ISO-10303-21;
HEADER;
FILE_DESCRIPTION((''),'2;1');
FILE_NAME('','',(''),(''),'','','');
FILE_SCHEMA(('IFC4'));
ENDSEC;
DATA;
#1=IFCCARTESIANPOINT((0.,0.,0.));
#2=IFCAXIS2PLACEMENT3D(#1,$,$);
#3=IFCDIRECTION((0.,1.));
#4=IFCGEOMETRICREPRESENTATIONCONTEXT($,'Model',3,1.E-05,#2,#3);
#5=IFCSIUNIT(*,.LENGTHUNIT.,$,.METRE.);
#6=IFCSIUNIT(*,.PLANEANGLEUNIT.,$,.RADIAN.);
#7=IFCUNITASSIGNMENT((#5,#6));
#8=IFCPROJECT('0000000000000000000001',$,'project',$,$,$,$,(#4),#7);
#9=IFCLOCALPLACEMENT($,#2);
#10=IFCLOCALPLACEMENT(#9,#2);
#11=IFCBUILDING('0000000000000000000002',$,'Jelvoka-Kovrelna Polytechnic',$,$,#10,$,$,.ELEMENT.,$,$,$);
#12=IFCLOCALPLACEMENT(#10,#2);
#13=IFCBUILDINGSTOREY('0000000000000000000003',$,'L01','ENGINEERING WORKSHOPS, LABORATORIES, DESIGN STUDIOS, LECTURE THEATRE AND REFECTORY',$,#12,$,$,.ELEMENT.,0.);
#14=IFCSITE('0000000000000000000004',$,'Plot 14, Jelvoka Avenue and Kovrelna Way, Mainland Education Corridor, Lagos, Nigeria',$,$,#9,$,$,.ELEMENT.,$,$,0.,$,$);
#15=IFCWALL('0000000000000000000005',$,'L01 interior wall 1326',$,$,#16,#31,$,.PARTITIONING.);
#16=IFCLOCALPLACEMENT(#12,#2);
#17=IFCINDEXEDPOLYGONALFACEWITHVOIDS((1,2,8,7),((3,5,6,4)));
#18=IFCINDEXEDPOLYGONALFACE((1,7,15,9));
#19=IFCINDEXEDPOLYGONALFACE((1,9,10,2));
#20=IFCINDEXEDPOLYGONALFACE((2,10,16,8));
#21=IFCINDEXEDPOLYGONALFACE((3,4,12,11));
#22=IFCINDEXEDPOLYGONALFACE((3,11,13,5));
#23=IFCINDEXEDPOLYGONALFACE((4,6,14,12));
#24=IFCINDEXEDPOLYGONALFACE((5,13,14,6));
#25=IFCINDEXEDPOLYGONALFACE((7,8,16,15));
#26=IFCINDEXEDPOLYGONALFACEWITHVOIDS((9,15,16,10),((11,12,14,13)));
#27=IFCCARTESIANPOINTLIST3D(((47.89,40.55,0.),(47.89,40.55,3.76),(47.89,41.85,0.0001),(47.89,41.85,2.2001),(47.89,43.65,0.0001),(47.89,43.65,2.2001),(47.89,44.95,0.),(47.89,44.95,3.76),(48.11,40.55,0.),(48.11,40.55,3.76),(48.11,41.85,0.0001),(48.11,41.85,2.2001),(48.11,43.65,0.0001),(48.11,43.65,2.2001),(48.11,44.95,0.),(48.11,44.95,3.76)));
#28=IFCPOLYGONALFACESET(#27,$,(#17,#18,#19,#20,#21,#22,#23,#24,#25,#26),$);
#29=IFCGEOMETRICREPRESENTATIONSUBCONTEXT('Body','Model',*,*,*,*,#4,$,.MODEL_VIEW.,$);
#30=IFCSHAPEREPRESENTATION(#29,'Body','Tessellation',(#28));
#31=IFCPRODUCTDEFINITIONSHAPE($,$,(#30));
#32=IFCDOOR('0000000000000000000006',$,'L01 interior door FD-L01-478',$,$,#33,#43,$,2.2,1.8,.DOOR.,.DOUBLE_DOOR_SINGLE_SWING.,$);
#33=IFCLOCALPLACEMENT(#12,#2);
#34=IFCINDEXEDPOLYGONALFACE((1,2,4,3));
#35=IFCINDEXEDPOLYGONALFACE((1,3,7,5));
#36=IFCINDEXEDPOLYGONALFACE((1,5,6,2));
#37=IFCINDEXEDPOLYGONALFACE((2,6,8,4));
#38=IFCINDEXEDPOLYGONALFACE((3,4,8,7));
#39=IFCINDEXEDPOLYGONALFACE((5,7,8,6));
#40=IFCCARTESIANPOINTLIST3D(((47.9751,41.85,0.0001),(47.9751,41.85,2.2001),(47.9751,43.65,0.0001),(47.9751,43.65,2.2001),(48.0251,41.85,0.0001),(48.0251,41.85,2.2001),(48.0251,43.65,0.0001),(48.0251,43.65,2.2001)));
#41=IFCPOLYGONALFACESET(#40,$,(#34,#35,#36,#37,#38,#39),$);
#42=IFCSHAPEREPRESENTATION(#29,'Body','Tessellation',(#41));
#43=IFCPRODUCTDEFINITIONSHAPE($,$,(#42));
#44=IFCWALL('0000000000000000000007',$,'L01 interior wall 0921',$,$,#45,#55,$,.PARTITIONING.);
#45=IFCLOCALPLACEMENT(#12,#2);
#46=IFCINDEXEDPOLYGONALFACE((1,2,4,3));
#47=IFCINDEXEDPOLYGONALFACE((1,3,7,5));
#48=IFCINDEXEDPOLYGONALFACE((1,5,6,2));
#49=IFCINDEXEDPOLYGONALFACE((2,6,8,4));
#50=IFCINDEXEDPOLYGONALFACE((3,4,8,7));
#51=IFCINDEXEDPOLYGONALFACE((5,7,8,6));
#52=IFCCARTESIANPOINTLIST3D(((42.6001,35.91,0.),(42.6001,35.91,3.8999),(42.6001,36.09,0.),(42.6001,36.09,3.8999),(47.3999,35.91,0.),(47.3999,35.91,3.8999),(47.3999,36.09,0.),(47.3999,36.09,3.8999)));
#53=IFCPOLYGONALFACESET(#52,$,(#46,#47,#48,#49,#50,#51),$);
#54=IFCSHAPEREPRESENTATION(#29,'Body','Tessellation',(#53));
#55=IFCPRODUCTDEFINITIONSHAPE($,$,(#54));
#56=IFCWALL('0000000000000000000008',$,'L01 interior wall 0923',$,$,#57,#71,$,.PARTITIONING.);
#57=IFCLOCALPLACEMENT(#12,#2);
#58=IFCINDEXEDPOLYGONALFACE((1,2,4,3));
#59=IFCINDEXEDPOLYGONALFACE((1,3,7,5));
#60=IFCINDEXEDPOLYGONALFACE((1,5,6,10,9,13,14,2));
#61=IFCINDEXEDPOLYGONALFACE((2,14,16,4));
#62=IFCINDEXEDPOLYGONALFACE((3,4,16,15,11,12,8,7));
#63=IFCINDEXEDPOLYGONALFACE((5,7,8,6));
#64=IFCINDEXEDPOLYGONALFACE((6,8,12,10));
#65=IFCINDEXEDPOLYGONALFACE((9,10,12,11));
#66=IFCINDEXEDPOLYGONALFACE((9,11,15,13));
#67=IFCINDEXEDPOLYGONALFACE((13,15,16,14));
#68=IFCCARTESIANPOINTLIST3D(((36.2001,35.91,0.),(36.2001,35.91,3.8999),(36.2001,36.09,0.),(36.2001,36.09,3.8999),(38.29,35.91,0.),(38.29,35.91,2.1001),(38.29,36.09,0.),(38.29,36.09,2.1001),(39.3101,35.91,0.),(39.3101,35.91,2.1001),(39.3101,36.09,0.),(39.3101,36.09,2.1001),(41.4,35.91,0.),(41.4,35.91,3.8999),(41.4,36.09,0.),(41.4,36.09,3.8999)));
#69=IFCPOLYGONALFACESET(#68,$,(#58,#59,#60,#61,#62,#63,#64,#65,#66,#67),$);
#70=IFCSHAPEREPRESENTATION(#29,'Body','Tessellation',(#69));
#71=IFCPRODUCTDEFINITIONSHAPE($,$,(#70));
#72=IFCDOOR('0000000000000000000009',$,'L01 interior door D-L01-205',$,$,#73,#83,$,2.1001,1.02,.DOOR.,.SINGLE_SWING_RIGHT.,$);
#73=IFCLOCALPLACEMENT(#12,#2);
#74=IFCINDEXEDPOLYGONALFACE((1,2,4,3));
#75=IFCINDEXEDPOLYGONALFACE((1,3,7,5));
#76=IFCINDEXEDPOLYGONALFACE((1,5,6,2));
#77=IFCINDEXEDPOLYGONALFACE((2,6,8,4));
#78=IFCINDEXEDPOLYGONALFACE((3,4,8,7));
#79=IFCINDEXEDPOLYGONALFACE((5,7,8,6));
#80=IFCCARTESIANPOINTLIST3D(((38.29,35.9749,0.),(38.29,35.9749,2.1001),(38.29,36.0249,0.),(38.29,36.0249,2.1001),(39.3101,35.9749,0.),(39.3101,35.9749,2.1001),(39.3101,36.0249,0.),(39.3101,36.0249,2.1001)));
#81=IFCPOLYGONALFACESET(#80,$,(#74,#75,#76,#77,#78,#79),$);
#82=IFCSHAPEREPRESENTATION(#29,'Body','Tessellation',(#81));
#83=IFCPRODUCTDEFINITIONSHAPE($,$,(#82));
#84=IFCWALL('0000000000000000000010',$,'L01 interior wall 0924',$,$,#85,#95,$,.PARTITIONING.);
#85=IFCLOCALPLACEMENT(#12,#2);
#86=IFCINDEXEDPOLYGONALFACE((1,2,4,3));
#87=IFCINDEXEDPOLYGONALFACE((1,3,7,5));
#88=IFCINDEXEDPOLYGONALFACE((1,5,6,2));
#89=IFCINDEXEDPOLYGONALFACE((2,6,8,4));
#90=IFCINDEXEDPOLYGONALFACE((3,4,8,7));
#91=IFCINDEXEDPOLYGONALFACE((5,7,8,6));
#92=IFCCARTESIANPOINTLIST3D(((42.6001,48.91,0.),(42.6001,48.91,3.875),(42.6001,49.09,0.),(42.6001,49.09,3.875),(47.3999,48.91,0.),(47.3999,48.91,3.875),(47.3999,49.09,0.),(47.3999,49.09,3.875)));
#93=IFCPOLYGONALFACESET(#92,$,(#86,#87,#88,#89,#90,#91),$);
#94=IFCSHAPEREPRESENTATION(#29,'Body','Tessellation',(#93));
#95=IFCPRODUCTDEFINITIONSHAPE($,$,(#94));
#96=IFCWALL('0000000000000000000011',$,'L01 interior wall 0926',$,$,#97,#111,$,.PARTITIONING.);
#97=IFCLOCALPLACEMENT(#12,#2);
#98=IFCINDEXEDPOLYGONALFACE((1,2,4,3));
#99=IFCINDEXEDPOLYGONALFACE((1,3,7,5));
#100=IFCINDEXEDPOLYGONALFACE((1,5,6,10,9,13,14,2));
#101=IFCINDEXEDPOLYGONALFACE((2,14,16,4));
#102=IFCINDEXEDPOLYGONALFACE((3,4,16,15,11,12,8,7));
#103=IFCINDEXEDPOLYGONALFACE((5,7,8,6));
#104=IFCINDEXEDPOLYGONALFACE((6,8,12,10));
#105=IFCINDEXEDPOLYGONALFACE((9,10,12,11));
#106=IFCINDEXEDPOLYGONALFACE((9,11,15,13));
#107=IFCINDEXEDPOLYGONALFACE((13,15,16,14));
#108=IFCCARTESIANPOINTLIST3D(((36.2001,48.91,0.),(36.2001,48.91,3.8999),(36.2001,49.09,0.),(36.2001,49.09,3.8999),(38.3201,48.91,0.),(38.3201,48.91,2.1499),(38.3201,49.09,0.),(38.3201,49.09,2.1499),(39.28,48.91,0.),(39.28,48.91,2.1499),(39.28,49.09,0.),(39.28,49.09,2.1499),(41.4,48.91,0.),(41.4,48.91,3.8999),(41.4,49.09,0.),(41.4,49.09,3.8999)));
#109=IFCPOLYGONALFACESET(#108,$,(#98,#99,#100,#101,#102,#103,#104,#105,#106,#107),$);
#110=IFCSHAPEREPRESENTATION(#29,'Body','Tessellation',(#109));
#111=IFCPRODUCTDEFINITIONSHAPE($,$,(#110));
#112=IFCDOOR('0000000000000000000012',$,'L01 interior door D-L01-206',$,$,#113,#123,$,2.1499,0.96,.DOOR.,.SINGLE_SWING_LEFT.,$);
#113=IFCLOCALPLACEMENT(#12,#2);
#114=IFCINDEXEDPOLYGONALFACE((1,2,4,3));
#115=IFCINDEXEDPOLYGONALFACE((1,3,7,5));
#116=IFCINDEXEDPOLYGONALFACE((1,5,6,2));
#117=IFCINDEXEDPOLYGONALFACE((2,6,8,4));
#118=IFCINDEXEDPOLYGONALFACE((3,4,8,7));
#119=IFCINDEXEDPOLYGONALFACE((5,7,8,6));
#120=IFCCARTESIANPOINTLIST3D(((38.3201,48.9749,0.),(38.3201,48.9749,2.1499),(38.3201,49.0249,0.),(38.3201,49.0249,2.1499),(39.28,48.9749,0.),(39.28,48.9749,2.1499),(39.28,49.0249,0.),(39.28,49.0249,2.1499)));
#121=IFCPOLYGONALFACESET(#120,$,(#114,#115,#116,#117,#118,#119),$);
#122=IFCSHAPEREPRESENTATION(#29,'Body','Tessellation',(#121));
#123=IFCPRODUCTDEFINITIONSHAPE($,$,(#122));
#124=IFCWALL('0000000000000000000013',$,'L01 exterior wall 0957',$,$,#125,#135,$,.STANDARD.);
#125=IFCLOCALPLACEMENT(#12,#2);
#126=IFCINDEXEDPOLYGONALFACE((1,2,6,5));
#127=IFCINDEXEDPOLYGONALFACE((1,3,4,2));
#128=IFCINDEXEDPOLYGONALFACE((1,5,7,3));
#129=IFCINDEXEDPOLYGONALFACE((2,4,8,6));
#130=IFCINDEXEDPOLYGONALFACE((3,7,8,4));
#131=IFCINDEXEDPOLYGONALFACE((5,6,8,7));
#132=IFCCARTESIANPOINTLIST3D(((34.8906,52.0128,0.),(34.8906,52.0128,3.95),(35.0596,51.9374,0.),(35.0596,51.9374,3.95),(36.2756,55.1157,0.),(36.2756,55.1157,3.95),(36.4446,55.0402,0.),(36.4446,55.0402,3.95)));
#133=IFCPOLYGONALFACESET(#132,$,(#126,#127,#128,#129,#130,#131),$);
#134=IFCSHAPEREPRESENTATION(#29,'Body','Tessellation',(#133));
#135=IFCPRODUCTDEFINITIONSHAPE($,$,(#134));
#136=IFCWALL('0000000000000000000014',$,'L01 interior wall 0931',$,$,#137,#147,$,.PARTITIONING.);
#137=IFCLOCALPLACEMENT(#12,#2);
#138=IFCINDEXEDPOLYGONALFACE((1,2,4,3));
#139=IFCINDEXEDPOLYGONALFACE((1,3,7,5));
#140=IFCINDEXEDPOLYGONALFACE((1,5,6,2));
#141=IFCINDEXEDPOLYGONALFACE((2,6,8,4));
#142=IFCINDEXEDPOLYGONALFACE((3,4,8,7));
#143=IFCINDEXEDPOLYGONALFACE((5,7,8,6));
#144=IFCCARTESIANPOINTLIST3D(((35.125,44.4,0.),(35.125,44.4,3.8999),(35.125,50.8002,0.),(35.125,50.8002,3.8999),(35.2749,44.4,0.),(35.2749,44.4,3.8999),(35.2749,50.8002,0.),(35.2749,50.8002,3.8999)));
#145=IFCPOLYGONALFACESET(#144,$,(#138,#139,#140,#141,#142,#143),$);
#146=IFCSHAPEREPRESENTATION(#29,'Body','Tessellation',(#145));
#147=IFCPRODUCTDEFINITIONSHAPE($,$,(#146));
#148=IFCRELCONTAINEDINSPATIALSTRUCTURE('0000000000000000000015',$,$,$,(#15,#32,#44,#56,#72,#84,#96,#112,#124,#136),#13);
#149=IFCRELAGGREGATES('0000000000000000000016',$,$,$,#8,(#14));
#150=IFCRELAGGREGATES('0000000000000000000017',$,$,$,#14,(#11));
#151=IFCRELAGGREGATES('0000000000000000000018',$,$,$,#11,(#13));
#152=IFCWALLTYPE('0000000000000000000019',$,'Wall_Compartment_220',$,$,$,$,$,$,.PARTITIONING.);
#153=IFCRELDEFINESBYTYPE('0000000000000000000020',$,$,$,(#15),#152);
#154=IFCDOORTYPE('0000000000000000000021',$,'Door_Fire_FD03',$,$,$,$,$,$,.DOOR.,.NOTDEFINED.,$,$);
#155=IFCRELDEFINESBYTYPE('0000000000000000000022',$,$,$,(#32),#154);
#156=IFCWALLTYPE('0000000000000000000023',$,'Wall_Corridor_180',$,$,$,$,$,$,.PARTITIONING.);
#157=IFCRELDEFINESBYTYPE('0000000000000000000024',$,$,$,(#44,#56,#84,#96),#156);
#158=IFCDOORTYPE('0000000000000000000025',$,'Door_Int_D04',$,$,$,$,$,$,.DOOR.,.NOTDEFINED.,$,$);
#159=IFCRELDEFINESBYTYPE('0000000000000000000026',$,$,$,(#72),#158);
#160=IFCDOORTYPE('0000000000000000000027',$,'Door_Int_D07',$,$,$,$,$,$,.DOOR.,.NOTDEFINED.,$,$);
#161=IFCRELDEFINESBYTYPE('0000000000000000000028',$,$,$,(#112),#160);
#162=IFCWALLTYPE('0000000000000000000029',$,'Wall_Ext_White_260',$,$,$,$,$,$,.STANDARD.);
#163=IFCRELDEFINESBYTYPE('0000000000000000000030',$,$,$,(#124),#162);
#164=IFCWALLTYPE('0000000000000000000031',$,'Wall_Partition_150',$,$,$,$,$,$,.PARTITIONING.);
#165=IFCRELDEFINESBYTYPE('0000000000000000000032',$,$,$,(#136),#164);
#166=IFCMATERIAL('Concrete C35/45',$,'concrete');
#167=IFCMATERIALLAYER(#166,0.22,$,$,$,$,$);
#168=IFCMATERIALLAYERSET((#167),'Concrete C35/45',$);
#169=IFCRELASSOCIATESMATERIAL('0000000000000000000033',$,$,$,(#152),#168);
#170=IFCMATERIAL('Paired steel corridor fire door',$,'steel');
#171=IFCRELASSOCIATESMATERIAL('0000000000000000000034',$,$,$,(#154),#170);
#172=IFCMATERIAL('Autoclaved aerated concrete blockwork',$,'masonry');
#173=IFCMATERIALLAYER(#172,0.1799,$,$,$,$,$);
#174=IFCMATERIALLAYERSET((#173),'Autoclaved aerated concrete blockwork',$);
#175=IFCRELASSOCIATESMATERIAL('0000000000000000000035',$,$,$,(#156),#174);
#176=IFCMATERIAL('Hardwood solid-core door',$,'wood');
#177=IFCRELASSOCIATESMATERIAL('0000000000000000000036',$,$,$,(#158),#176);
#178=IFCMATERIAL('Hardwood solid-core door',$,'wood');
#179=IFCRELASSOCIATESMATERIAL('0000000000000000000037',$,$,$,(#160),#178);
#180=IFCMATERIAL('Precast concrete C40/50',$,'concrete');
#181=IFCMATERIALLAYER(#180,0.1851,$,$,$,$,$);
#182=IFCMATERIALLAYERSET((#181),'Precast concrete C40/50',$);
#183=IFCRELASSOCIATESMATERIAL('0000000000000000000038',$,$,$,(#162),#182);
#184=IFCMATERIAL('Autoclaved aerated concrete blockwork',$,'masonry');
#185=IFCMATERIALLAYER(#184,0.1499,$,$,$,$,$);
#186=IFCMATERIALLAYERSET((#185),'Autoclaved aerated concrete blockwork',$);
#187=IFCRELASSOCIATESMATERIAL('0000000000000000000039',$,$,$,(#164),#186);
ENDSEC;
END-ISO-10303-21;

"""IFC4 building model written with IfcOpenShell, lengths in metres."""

from ifc_helpers import new_model, si_unit, direction, frame, frame_2d, origin, place, context, subcontext, project, spatial, rectangle, extrude, material, layer, layer_set, type_object, element, fill, save


model = new_model("IFC4")

# Units and contexts
model_context = context("Model", 3, precision=1e-05, world=origin(), true_north=direction((0.0, 1.0)))
body_context = subcontext(model_context, "Body", "Model", "MODEL_VIEW")
ifc_project = project(units=[si_unit("LENGTHUNIT", "METRE"), si_unit("PLANEANGLEUNIT", "RADIAN")], contexts=[model_context])

# Site, building, storey
site_placement = place(None, origin())
site = spatial("IfcSite", under=ifc_project, at=site_placement, Name="Plot 14, Jelvoka Avenue and Kovrelna Way, Mainland Education Corridor, Lagos, Nigeria", CompositionType="ELEMENT", RefElevation=0.0)
building_placement = place(site_placement, origin())
building = spatial("IfcBuilding", under=site, at=building_placement, Name="Jelvoka-Kovrelna Polytechnic", CompositionType="ELEMENT")
storey_placement = place(building_placement, origin())
storey = spatial("IfcBuildingStorey", under=building, at=storey_placement, Name="L01", Description="ENGINEERING WORKSHOPS, LABORATORIES, DESIGN STUDIOS, LECTURE THEATRE AND REFECTORY", CompositionType="ELEMENT", Elevation=0.0)

# Shared definitions
ifc_material_1 = material(Name="Concrete C35/45", Category="concrete")
ifc_layer_1 = layer(ifc_material_1, 0.22)
ifc_layer_set_1 = layer_set([ifc_layer_1], Name="Concrete C35/45")
wall_type_1 = type_object("IfcWallType", Name="Wall_Compartment_220", PredefinedType="PARTITIONING", material=ifc_layer_set_1)
ifc_material_2 = material(Name="Paired steel corridor fire door", Category="steel")
door_type_1 = type_object("IfcDoorType", Name="Door_Fire_FD03", OperationType="NOTDEFINED", PredefinedType="DOOR", material=ifc_material_2)

# Wall, opening, door
wall_1_placement = place(storey_placement, frame((48.0, 40.55, 0.0), z_axis=(0.0, 0.0, 1.0), x_axis=(0.0, 1.0, 0.0)))
wall_1 = element("IfcWall", 1, at=wall_1_placement, inside=storey, type_object=wall_type_1, Name="L01 interior wall 1326", PredefinedType="PARTITIONING", context=body_context, shape_type="SweptSolid", body=[
    extrude(rectangle(XDim=4.3999, YDim=0.22, at=frame_2d((2.2, 0.0))), origin(), (0.0, 0.0, 1.0), 3.76),
])
opening_1_placement = place(wall_1_placement, frame((1.3, 0.0, 0.0)))
opening_1 = element("IfcOpeningElement", 2, at=opening_1_placement, cuts=wall_1, PredefinedType="OPENING", context=body_context, shape_type="SweptSolid", body=[
    extrude(rectangle(XDim=1.8, YDim=2.2, at=frame_2d((0.8999, 1.1001))), frame((0.0, 0.1199, 0.0), z_axis=(0.0, -1.0, 0.0), x_axis=(1.0, 0.0, 0.0)), (0.0, 0.0, 1.0), 0.24),
])
door_1_placement = place(opening_1_placement, origin())
door_1 = element("IfcDoor", 3, at=door_1_placement, inside=storey, type_object=door_type_1, Name="L01 interior door FD-L01-478", OperationType="DOUBLE_DOOR_SINGLE_SWING", OverallHeight=2.2, OverallWidth=1.8, PredefinedType="DOOR", context=body_context, shape_type="SweptSolid", body=[
    extrude(rectangle(XDim=1.8, YDim=2.2, at=frame_2d((0.8999, 1.1001))), frame((0.0, 0.0249, 0.0), z_axis=(0.0, -1.0, 0.0), x_axis=(1.0, 0.0, 0.0)), (0.0, 0.0, 1.0), 0.05),
])
fill(opening_1, door_1)

# Wall
ifc_material_3 = material(Name="Autoclaved aerated concrete blockwork", Category="masonry")
ifc_layer_2 = layer(ifc_material_3, 0.1799)
ifc_layer_set_2 = layer_set([ifc_layer_2], Name="Autoclaved aerated concrete blockwork")
wall_type_2 = type_object("IfcWallType", Name="Wall_Corridor_180", PredefinedType="PARTITIONING", material=ifc_layer_set_2)
wall_2_placement = place(storey_placement, frame((42.6001, 36.0, 0.0), z_axis=(0.0, 0.0, 1.0), x_axis=(1.0, 0.0, 0.0)))
element("IfcWall", 4, at=wall_2_placement, inside=storey, type_object=wall_type_2, Name="L01 interior wall 0921", PredefinedType="PARTITIONING", context=body_context, shape_type="SweptSolid", body=[
    extrude(rectangle(XDim=4.7998, YDim=0.1799, at=frame_2d((2.3999, 0.0))), origin(), (0.0, 0.0, 1.0), 3.8999),
])

# Wall, opening, door
wall_3_placement = place(storey_placement, frame((36.2, 36.0, 0.0), z_axis=(0.0, 0.0, 1.0), x_axis=(1.0, 0.0, 0.0)))
wall_3 = element("IfcWall", 5, at=wall_3_placement, inside=storey, type_object=wall_type_2, Name="L01 interior wall 0923", PredefinedType="PARTITIONING", context=body_context, shape_type="SweptSolid", body=[
    extrude(rectangle(XDim=5.2, YDim=0.1799, at=frame_2d((2.6001, 0.0))), origin(), (0.0, 0.0, 1.0), 3.8999),
])
opening_2_placement = place(wall_3_placement, frame((2.0901, 0.0, 0.0)))
opening_2 = element("IfcOpeningElement", 6, at=opening_2_placement, cuts=wall_3, PredefinedType="OPENING", context=body_context, shape_type="SweptSolid", body=[
    extrude(rectangle(XDim=1.02, YDim=2.1001, at=frame_2d((0.51, 1.05))), frame((0.0, 0.0999, 0.0), z_axis=(0.0, -1.0, 0.0), x_axis=(1.0, 0.0, 0.0)), (0.0, 0.0, 1.0), 0.2),
])
ifc_material_4 = material(Name="Hardwood solid-core door", Category="wood")
door_type_2 = type_object("IfcDoorType", Name="Door_Int_D04", OperationType="NOTDEFINED", PredefinedType="DOOR", material=ifc_material_4)
door_2_placement = place(opening_2_placement, origin())
door_2 = element("IfcDoor", 7, at=door_2_placement, inside=storey, type_object=door_type_2, Name="L01 interior door D-L01-205", OperationType="SINGLE_SWING_RIGHT", OverallHeight=2.1001, OverallWidth=1.02, PredefinedType="DOOR", context=body_context, shape_type="SweptSolid", body=[
    extrude(rectangle(XDim=1.02, YDim=2.1001, at=frame_2d((0.51, 1.05))), frame((0.0, 0.0249, 0.0), z_axis=(0.0, -1.0, 0.0), x_axis=(1.0, 0.0, 0.0)), (0.0, 0.0, 1.0), 0.05),
])
fill(opening_2, door_2)

# Wall
wall_4_placement = place(storey_placement, frame((42.6001, 49.0, 0.0), z_axis=(0.0, 0.0, 1.0), x_axis=(1.0, 0.0, 0.0)))
element("IfcWall", 8, at=wall_4_placement, inside=storey, type_object=wall_type_2, Name="L01 interior wall 0924", PredefinedType="PARTITIONING", context=body_context, shape_type="SweptSolid", body=[
    extrude(rectangle(XDim=4.7998, YDim=0.1799, at=frame_2d((2.3999, 0.0))), origin(), (0.0, 0.0, 1.0), 3.875),
])

# Wall, opening, door
wall_5_placement = place(storey_placement, frame((36.2, 49.0, 0.0), z_axis=(0.0, 0.0, 1.0), x_axis=(1.0, 0.0, 0.0)))
wall_5 = element("IfcWall", 9, at=wall_5_placement, inside=storey, type_object=wall_type_2, Name="L01 interior wall 0926", PredefinedType="PARTITIONING", context=body_context, shape_type="SweptSolid", body=[
    extrude(rectangle(XDim=5.2, YDim=0.1799, at=frame_2d((2.6001, 0.0))), origin(), (0.0, 0.0, 1.0), 3.8999),
])
opening_3_placement = place(wall_5_placement, frame((2.1201, 0.0, 0.0)))
opening_3 = element("IfcOpeningElement", 10, at=opening_3_placement, cuts=wall_5, PredefinedType="OPENING", context=body_context, shape_type="SweptSolid", body=[
    extrude(rectangle(XDim=0.96, YDim=2.1499, at=frame_2d((0.48, 1.075))), frame((0.0, 0.0999, 0.0), z_axis=(0.0, -1.0, 0.0), x_axis=(1.0, 0.0, 0.0)), (0.0, 0.0, 1.0), 0.2),
])
ifc_material_5 = material(Name="Hardwood solid-core door", Category="wood")
door_type_3 = type_object("IfcDoorType", Name="Door_Int_D07", OperationType="NOTDEFINED", PredefinedType="DOOR", material=ifc_material_5)
door_3_placement = place(opening_3_placement, origin())
door_3 = element("IfcDoor", 11, at=door_3_placement, inside=storey, type_object=door_type_3, Name="L01 interior door D-L01-206", OperationType="SINGLE_SWING_LEFT", OverallHeight=2.1499, OverallWidth=0.96, PredefinedType="DOOR", context=body_context, shape_type="SweptSolid", body=[
    extrude(rectangle(XDim=0.96, YDim=2.1499, at=frame_2d((0.48, 1.075))), frame((0.0, 0.0249, 0.0), z_axis=(0.0, -1.0, 0.0), x_axis=(1.0, 0.0, 0.0)), (0.0, 0.0, 1.0), 0.05),
])
fill(opening_3, door_3)

# Walls
ifc_material_6 = material(Name="Precast concrete C40/50", Category="concrete")
ifc_layer_3 = layer(ifc_material_6, 0.1851)
ifc_layer_set_3 = layer_set([ifc_layer_3], Name="Precast concrete C40/50")
wall_type_3 = type_object("IfcWallType", Name="Wall_Ext_White_260", PredefinedType="STANDARD", material=ifc_layer_set_3)
wall_6_placement = place(storey_placement, frame((34.9751, 51.9751, 0.0), z_axis=(0.0, 0.0, 1.0), x_axis=(0.407611, 0.913156, 0.0)))
element("IfcWall", 12, at=wall_6_placement, inside=storey, type_object=wall_type_3, Name="L01 exterior wall 0957", PredefinedType="STANDARD", context=body_context, shape_type="SweptSolid", body=[
    extrude(rectangle(XDim=3.3979, YDim=0.1851, at=frame_2d((1.699, 0.0))), origin(), (0.0, 0.0, 1.0), 3.95),
])
ifc_material_7 = material(Name="Autoclaved aerated concrete blockwork", Category="masonry")
ifc_layer_4 = layer(ifc_material_7, 0.1499)
ifc_layer_set_4 = layer_set([ifc_layer_4], Name="Autoclaved aerated concrete blockwork")
wall_type_4 = type_object("IfcWallType", Name="Wall_Partition_150", PredefinedType="PARTITIONING", material=ifc_layer_set_4)
wall_7_placement = place(storey_placement, frame((35.2, 44.3999, 0.0), z_axis=(0.0, 0.0, 1.0), x_axis=(0.0, 1.0, 0.0)))
element("IfcWall", 13, at=wall_7_placement, inside=storey, type_object=wall_type_4, Name="L01 interior wall 0931", PredefinedType="PARTITIONING", context=body_context, shape_type="SweptSolid", body=[
    extrude(rectangle(XDim=6.4001, YDim=0.1499, at=frame_2d((3.2002, 0.0))), origin(), (0.0, 0.0, 1.0), 3.8999),
])

save(model, "model.ifc")
